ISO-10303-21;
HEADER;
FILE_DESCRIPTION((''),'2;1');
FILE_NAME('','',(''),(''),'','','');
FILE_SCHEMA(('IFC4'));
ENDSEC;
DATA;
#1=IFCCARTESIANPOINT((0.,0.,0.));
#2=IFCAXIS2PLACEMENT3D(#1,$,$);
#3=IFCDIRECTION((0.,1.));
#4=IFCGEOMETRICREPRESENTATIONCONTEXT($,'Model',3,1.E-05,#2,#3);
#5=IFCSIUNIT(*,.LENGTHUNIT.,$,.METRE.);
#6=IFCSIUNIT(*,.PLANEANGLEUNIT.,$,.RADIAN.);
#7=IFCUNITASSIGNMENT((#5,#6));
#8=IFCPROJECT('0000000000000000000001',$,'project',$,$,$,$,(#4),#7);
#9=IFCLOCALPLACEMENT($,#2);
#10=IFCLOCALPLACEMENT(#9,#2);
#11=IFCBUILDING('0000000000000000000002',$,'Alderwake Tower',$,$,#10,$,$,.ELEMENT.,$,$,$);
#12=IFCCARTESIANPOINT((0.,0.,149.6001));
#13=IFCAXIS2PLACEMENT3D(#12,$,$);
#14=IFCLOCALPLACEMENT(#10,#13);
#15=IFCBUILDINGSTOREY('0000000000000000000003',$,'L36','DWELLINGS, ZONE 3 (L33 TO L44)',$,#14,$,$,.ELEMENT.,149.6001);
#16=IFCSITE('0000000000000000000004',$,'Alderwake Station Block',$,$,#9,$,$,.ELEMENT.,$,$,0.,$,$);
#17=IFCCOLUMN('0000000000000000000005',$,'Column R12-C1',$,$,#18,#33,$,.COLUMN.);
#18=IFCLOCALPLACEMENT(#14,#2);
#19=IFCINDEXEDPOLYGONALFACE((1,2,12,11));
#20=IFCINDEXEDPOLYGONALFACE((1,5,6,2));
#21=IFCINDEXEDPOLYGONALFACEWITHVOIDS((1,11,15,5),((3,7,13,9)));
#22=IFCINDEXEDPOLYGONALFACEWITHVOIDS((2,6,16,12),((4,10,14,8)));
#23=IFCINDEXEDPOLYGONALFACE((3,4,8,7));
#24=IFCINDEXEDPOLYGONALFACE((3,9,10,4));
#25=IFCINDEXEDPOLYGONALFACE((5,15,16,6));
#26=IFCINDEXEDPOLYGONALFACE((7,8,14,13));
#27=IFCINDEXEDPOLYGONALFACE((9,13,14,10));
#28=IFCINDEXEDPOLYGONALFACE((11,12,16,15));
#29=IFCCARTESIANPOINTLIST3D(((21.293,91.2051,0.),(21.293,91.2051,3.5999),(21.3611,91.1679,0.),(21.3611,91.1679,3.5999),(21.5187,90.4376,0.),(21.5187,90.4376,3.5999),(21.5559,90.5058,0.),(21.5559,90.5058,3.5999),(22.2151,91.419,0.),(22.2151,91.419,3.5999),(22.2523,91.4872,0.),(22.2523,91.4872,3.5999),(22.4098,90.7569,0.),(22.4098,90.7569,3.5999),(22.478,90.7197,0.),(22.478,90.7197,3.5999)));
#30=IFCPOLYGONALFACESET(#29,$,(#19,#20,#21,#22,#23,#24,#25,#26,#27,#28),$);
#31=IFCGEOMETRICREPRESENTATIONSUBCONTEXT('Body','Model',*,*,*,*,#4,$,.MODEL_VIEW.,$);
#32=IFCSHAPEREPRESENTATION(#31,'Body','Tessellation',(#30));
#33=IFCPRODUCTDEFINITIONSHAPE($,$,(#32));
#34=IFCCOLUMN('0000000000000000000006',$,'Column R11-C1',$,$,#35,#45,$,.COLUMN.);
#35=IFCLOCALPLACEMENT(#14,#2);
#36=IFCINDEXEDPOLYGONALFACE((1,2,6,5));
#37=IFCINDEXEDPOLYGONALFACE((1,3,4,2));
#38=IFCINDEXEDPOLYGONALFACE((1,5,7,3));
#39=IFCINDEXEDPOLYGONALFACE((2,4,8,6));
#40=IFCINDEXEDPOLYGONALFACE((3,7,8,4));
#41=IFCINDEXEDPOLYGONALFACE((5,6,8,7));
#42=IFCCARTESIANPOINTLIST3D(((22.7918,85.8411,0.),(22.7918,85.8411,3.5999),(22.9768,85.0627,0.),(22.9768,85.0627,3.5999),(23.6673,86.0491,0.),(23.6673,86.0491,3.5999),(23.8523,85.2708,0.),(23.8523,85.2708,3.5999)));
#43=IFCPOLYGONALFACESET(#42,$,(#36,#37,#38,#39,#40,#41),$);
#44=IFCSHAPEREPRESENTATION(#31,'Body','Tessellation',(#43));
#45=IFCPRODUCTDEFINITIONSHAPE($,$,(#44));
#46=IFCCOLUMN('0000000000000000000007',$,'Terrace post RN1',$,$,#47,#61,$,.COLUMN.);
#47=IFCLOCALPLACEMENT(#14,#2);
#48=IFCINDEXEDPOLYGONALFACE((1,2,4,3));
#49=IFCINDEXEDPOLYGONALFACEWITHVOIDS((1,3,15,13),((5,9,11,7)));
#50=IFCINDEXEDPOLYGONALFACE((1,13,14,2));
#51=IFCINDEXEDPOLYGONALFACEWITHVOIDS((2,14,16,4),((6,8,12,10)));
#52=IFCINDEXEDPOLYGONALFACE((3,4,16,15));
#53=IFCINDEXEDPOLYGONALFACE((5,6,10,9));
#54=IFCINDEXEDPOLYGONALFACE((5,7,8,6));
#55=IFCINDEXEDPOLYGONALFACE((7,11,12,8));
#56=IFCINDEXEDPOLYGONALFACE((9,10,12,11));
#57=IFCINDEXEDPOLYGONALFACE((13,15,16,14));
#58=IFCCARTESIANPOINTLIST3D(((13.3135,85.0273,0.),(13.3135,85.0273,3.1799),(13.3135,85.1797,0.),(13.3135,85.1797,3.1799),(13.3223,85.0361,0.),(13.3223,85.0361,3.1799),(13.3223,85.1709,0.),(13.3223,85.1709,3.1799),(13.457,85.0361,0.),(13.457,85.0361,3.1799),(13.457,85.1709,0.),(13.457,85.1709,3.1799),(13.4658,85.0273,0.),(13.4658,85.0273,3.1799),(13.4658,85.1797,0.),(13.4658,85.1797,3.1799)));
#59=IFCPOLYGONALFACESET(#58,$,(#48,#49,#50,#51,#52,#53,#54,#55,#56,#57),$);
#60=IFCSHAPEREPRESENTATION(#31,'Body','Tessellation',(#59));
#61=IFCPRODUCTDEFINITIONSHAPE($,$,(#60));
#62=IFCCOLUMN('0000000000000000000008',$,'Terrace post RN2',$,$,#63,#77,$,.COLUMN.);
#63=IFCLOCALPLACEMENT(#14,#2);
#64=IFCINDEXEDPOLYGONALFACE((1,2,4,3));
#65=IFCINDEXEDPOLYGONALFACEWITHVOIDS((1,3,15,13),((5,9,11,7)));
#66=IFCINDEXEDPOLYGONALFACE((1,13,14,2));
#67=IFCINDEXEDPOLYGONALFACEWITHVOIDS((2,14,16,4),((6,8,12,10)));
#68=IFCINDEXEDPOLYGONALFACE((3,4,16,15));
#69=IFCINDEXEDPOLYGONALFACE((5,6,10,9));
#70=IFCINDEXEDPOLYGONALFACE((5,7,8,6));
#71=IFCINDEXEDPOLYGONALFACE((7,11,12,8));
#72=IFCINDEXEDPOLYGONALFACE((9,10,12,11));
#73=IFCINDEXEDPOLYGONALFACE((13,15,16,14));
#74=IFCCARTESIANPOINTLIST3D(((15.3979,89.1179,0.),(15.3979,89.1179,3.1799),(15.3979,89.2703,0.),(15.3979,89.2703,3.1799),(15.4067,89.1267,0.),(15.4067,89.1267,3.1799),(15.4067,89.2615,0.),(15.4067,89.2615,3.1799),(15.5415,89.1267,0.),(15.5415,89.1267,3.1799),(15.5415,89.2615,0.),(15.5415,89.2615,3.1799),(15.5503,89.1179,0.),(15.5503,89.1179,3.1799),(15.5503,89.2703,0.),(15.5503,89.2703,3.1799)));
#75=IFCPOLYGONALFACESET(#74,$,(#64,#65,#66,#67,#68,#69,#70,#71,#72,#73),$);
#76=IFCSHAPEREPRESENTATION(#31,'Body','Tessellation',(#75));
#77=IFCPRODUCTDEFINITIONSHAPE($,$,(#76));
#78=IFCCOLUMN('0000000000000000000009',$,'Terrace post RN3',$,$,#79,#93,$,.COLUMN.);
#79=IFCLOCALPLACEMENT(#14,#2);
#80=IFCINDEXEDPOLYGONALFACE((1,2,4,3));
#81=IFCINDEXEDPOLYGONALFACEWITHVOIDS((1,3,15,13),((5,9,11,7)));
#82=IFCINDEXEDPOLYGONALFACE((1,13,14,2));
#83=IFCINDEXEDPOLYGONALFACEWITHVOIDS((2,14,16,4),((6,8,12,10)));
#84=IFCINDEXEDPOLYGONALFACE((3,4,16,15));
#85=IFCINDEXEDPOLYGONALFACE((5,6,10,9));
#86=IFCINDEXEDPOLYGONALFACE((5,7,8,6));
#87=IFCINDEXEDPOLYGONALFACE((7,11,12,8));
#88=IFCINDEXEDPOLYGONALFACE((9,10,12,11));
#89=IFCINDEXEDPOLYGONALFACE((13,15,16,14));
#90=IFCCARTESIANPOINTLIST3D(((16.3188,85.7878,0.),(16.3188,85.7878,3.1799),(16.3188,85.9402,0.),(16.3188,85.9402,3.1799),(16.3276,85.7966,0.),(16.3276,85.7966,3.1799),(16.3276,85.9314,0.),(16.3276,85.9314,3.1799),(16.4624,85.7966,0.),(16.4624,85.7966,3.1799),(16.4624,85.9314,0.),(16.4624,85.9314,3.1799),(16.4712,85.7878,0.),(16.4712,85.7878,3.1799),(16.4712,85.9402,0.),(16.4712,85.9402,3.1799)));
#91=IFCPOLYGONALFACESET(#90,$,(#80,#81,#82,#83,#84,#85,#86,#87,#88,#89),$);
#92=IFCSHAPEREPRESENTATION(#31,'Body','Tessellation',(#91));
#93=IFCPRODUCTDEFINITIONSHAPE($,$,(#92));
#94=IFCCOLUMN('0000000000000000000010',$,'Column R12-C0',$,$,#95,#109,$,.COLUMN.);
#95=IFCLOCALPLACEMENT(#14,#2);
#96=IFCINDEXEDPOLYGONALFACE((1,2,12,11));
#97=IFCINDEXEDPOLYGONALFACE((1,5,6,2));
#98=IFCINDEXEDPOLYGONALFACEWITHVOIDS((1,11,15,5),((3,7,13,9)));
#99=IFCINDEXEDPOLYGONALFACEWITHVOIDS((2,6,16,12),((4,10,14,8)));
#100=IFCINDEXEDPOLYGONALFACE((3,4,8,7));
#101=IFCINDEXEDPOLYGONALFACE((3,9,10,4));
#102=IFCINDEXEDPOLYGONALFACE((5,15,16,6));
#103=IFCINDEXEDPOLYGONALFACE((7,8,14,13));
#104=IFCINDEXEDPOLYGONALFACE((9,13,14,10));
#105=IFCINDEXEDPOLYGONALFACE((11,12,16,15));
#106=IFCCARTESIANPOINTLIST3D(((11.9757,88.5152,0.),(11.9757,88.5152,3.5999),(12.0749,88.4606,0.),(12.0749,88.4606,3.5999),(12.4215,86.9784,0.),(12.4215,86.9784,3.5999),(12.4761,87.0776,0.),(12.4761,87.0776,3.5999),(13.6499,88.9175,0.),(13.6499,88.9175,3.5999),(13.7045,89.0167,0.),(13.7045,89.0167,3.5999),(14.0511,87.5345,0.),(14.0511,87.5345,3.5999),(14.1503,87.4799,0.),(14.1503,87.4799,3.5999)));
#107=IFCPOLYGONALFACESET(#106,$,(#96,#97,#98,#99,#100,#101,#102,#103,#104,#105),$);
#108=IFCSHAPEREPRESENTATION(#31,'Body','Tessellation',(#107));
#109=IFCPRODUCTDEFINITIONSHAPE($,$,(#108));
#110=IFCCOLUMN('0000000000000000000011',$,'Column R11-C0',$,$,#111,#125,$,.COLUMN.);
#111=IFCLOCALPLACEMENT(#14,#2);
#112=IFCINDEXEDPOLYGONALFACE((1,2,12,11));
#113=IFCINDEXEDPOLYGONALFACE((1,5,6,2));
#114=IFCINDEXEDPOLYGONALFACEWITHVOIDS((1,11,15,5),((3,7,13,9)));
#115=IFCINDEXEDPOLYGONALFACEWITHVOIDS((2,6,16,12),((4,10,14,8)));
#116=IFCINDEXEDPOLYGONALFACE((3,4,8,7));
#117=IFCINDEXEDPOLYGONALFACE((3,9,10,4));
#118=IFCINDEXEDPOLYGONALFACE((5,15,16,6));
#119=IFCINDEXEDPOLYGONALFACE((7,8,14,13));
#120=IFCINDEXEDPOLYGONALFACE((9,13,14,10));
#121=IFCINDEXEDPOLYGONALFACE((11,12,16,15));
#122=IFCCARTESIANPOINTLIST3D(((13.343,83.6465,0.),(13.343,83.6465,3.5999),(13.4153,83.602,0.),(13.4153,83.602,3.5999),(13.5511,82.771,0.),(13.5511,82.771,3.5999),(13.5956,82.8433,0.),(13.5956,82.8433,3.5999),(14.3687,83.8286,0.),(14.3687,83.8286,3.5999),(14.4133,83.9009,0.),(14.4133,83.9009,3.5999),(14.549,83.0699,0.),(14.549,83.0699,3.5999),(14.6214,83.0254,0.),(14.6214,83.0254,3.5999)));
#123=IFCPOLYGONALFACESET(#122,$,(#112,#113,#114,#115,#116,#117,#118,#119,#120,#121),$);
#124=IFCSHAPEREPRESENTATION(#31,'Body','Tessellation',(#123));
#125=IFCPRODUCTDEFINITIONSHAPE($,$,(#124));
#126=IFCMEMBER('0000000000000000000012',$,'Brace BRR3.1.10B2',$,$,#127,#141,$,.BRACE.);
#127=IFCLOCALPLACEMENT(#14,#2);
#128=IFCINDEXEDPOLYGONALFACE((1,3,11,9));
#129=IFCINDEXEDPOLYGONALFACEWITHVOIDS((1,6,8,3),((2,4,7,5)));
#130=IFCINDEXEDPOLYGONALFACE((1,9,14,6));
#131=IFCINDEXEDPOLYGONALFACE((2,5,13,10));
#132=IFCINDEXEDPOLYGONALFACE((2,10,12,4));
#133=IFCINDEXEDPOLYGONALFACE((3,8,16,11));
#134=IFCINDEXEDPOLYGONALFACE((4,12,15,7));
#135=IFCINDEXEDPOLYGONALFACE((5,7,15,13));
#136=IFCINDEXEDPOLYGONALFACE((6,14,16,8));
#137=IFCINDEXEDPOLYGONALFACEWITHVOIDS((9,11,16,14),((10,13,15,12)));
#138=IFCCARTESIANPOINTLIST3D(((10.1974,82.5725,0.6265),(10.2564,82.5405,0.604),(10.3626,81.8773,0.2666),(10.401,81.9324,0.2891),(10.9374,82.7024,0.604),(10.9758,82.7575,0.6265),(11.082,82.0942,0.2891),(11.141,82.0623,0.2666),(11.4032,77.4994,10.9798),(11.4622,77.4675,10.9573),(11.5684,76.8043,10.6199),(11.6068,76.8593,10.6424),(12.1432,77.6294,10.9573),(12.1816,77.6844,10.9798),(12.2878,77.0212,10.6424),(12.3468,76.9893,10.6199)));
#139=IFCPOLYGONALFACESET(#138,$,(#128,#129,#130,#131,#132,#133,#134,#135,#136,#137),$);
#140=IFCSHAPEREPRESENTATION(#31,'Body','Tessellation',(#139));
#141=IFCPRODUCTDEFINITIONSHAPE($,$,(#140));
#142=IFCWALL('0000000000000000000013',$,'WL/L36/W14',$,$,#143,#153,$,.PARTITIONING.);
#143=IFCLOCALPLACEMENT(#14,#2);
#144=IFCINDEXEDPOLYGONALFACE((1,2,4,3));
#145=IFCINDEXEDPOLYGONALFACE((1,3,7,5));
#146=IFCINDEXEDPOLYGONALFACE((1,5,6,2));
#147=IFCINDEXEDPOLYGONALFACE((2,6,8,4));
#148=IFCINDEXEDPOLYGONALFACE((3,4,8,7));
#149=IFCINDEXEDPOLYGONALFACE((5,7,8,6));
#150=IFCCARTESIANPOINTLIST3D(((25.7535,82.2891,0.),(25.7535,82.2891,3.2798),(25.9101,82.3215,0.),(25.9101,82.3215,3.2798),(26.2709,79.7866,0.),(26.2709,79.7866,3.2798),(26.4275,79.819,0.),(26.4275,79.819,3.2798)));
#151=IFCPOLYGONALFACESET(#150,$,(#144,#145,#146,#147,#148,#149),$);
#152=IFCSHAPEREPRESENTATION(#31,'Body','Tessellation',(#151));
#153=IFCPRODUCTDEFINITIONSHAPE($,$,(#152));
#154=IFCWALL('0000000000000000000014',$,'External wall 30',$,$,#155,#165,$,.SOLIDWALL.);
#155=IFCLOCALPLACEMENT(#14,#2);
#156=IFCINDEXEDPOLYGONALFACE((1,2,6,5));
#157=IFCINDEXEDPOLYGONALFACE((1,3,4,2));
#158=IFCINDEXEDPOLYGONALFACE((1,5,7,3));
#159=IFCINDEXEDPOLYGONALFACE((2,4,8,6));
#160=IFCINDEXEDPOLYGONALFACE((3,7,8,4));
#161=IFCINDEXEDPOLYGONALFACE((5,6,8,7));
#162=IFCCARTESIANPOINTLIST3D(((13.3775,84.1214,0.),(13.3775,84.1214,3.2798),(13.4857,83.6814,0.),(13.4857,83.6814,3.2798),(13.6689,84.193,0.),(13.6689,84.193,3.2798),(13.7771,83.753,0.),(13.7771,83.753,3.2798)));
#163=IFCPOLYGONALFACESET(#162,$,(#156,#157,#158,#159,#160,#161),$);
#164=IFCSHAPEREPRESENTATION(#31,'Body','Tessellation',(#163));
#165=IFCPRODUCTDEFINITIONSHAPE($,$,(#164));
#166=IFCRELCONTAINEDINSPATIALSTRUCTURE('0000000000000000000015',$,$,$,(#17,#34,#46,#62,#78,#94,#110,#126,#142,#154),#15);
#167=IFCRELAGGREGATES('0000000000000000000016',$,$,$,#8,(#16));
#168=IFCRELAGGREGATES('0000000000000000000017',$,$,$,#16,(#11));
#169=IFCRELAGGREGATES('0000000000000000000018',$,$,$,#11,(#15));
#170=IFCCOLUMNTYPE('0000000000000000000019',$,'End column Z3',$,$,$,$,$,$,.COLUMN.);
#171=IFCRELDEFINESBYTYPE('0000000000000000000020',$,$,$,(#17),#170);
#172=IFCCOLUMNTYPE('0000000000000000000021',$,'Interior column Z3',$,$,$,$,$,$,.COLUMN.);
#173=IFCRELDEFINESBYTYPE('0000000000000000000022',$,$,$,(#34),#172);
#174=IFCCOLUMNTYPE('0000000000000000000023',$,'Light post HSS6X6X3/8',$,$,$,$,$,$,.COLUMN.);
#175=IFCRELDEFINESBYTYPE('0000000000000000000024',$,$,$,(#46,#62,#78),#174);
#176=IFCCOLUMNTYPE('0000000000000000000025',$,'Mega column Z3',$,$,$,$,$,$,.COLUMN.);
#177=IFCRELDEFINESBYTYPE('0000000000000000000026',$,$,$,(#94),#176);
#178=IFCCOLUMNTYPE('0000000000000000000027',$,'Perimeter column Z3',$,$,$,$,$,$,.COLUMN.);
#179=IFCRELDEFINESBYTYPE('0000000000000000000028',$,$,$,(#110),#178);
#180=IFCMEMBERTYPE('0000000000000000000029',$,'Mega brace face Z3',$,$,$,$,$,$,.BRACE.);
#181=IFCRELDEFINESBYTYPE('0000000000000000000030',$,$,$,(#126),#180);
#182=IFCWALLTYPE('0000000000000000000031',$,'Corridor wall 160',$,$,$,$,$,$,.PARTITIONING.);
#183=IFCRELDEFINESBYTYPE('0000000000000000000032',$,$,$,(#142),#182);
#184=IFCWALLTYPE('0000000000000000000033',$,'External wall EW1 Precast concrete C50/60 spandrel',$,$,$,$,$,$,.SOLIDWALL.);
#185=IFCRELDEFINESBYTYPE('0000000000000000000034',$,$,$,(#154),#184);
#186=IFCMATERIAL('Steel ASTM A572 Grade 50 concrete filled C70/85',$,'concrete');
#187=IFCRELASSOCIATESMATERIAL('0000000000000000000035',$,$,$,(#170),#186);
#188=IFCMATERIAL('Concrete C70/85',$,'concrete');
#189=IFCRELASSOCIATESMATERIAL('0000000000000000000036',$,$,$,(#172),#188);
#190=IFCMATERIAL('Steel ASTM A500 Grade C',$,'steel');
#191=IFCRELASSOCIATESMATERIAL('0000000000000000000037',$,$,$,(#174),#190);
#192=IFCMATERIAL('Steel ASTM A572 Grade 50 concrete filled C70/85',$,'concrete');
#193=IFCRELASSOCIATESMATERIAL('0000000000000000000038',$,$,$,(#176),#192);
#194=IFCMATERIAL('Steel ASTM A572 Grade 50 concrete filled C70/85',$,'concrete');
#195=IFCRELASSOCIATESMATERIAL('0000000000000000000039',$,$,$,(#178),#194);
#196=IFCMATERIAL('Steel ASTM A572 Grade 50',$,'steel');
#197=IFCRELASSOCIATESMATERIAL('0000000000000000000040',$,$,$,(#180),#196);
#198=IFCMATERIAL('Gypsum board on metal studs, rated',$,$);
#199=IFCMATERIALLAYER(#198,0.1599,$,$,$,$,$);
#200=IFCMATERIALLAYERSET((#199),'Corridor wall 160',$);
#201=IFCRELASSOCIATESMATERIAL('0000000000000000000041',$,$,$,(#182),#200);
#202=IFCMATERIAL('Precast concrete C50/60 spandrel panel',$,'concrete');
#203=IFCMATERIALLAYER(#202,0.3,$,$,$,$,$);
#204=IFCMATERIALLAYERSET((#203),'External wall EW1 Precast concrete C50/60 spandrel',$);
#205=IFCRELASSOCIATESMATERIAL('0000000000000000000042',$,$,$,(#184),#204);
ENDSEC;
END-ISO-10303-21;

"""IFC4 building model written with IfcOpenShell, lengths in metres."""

from ifc_helpers import new_model, si_unit, direction, frame, frame_2d, origin, origin_2d, place, context, subcontext, project, spatial, rectangle, hollow_rectangle, extrude, material, layer, layer_set, material_profile, profile_set, type_object, element, save


model = new_model("IFC4")

# Units and contexts
model_context = context("Model", 3, precision=1e-05, world=origin(), true_north=direction((0.0, 1.0)))
body_context = subcontext(model_context, "Body", "Model", "MODEL_VIEW")
ifc_project = project(units=[si_unit("LENGTHUNIT", "METRE"), si_unit("PLANEANGLEUNIT", "RADIAN")], contexts=[model_context])

# Site, building, storey
site_placement = place(None, origin())
site = spatial("IfcSite", under=ifc_project, at=site_placement, Name="Alderwake Station Block", CompositionType="ELEMENT", RefElevation=0.0)
building_placement = place(site_placement, origin())
building = spatial("IfcBuilding", under=site, at=building_placement, Name="Alderwake Tower", CompositionType="ELEMENT")
storey_placement = place(building_placement, frame((0.0, 0.0, 149.6001)))
storey = spatial("IfcBuildingStorey", under=building, at=storey_placement, Name="L36", Description="DWELLINGS, ZONE 3 (L33 TO L44)", CompositionType="ELEMENT", Elevation=149.6001)

# Columns
ifc_material_1 = material(Name="Steel ASTM A572 Grade 50 concrete filled C70/85", Category="concrete")
ifc_material_profile_1 = material_profile(ifc_material_1, hollow_rectangle(XDim=0.8, YDim=1.0, WallThickness=0.0549, at=origin_2d()), Name="BOX 1000X800X55")
ifc_profile_set_1 = profile_set([ifc_material_profile_1], Name="Steel ASTM A572 Grade 50 concrete filled C70/85")
column_type_1 = type_object("IfcColumnType", Name="End column Z3", PredefinedType="COLUMN", material=ifc_profile_set_1)
column_1_placement = place(storey_placement, frame((21.8855, 90.9624, 0.0), z_axis=(0.0, 0.0, 1.0), x_axis=(-0.282132, 0.959376, 0.0)))
element("IfcColumn", 1, at=column_1_placement, inside=storey, type_object=column_type_1, Name="Column R12-C1", PredefinedType="COLUMN", context=body_context, shape_type="SweptSolid", body=[
    extrude(hollow_rectangle(XDim=0.8, YDim=1.0, WallThickness=0.0549, at=origin_2d()), origin(), (0.0, 0.0, 1.0), 3.5999),
])
ifc_material_2 = material(Name="Concrete C70/85", Category="concrete")
ifc_material_profile_2 = material_profile(ifc_material_2, rectangle(XDim=0.8, YDim=0.8999, at=origin_2d()), Name="RC 900X800")
ifc_profile_set_2 = profile_set([ifc_material_profile_2], Name="Concrete C70/85")
column_type_2 = type_object("IfcColumnType", Name="Interior column Z3", PredefinedType="COLUMN", material=ifc_profile_set_2)
column_2_placement = place(storey_placement, frame((23.322, 85.5559, 0.0), z_axis=(0.0, 0.0, 1.0), x_axis=(-0.231222, 0.972901, 0.0)))
element("IfcColumn", 2, at=column_2_placement, inside=storey, type_object=column_type_2, Name="Column R11-C1", PredefinedType="COLUMN", context=body_context, shape_type="SweptSolid", body=[
    extrude(rectangle(XDim=0.8, YDim=0.8999, at=origin_2d()), origin(), (0.0, 0.0, 1.0), 3.5999),
])
ifc_material_3 = material(Name="Steel ASTM A500 Grade C", Category="steel")
ifc_material_profile_3 = material_profile(ifc_material_3, hollow_rectangle(XDim=0.1523, YDim=0.1523, WallThickness=0.0088, at=origin_2d()), Name="HSS6X6X3/8")
ifc_profile_set_3 = profile_set([ifc_material_profile_3], Name="Steel ASTM A500 Grade C")
column_type_3 = type_object("IfcColumnType", Name="Light post HSS6X6X3/8", PredefinedType="COLUMN", material=ifc_profile_set_3)
for number, where, z_axis, x_axis, name in (
    (3, (13.3896, 85.1035, 0.0), (0.0, 0.0, 1.0), (1.0, 0.0, 0.0), "Terrace post RN1"),
    (4, (15.4741, 89.1941, 0.0), (0.0, 0.0, 1.0), (1.0, 0.0, 0.0), "Terrace post RN2"),
    (5, (16.395, 85.864, 0.0), (0.0, 0.0, 1.0), (1.0, 0.0, 0.0), "Terrace post RN3"),
):
    element("IfcColumn", number, at=place(storey_placement, frame(where, z_axis=z_axis, x_axis=x_axis)), inside=storey, type_object=column_type_3, Name=name, PredefinedType="COLUMN", context=body_context, shape_type="SweptSolid", body=[
        extrude(hollow_rectangle(XDim=0.1523, YDim=0.1523, WallThickness=0.0088, at=origin_2d()), origin(), (0.0, 0.0, 1.0), 3.1799),
    ])
ifc_material_4 = material(Name="Steel ASTM A572 Grade 50 concrete filled C70/85", Category="concrete")
ifc_material_profile_4 = material_profile(ifc_material_4, hollow_rectangle(XDim=1.6001, YDim=1.8, WallThickness=0.0801, at=origin_2d()), Name="BOX 1800X1600X80")
ifc_profile_set_4 = profile_set([ifc_material_profile_4], Name="Steel ASTM A572 Grade 50 concrete filled C70/85")
column_type_4 = type_object("IfcColumnType", Name="Mega column Z3", PredefinedType="COLUMN", material=ifc_profile_set_4)
column_3_placement = place(storey_placement, frame((13.063, 87.9976, 0.0), z_axis=(0.0, 0.0, 1.0), x_axis=(-0.278612, 0.960404, 0.0)))
element("IfcColumn", 6, at=column_3_placement, inside=storey, type_object=column_type_4, Name="Column R12-C0", PredefinedType="COLUMN", context=body_context, shape_type="SweptSolid", body=[
    extrude(hollow_rectangle(XDim=1.6001, YDim=1.8, WallThickness=0.0801, at=origin_2d()), origin(), (0.0, 0.0, 1.0), 3.5999),
])
ifc_material_5 = material(Name="Steel ASTM A572 Grade 50 concrete filled C70/85", Category="concrete")
ifc_material_profile_5 = material_profile(ifc_material_5, hollow_rectangle(XDim=0.8999, YDim=1.1001, WallThickness=0.0601, at=origin_2d()), Name="BOX 1100X900X60")
ifc_profile_set_5 = profile_set([ifc_material_profile_5], Name="Steel ASTM A572 Grade 50 concrete filled C70/85")
column_type_5 = type_object("IfcColumnType", Name="Perimeter column Z3", PredefinedType="COLUMN", material=ifc_profile_set_5)
column_4_placement = place(storey_placement, frame((13.9822, 83.3359, 0.0), z_axis=(0.0, 0.0, 1.0), x_axis=(-0.231222, 0.972901, 0.0)))
element("IfcColumn", 7, at=column_4_placement, inside=storey, type_object=column_type_5, Name="Column R11-C0", PredefinedType="COLUMN", context=body_context, shape_type="SweptSolid", body=[
    extrude(hollow_rectangle(XDim=0.8999, YDim=1.1001, WallThickness=0.0601, at=origin_2d()), origin(), (0.0, 0.0, 1.0), 3.5999),
])

# Member
ifc_material_6 = material(Name="Steel ASTM A572 Grade 50", Category="steel")
ifc_material_profile_6 = material_profile(ifc_material_6, hollow_rectangle(XDim=0.8, YDim=0.8, WallThickness=0.05, at=origin_2d()), Name="BOX 800X800X50")
ifc_profile_set_6 = profile_set([ifc_material_profile_6], Name="Steel ASTM A572 Grade 50")
member_type = type_object("IfcMemberType", Name="Mega brace face Z3", PredefinedType="BRACE", material=ifc_profile_set_6)
member_placement = place(storey_placement, frame((10.6692, 82.3174, 0.4465), z_axis=(0.104019, -0.437621, 0.893123), x_axis=(0.972895, 0.231249, 0.0)))
element("IfcMember", 8, at=member_placement, inside=storey, type_object=member_type, Name="Brace BRR3.1.10B2", PredefinedType="BRACE", context=body_context, shape_type="SweptSolid", body=[
    extrude(hollow_rectangle(XDim=0.8, YDim=0.8, WallThickness=0.05, at=origin_2d()), origin(), (0.0, 0.0, 1.0), 11.5923),
])

# Walls
ifc_material_7 = material(Name="Gypsum board on metal studs, rated")
ifc_layer_1 = layer(ifc_material_7, 0.1599)
ifc_layer_set_1 = layer_set([ifc_layer_1], Name="Corridor wall 160")
wall_type_1 = type_object("IfcWallType", Name="Corridor wall 160", PredefinedType="PARTITIONING", material=ifc_layer_set_1)
wall_1_placement = place(storey_placement, frame((25.8318, 82.3054, 0.0), z_axis=(0.0, 0.0, 1.0), x_axis=(0.202451, -0.979292, 0.0)))
element("IfcWall", 9, at=wall_1_placement, inside=storey, type_object=wall_type_1, Name="WL/L36/W14", PredefinedType="PARTITIONING", context=body_context, shape_type="SweptSolid", body=[
    extrude(rectangle(XDim=2.5554, YDim=0.1599, at=frame_2d((1.2778, 0.0))), origin(), (0.0, 0.0, 1.0), 3.2798),
])
ifc_material_8 = material(Name="Precast concrete C50/60 spandrel panel", Category="concrete")
ifc_layer_2 = layer(ifc_material_8, 0.3)
ifc_layer_set_2 = layer_set([ifc_layer_2], Name="External wall EW1 Precast concrete C50/60 spandrel")
wall_type_2 = type_object("IfcWallType", Name="External wall EW1 Precast concrete C50/60 spandrel", PredefinedType="SOLIDWALL", material=ifc_layer_set_2)
wall_2_placement = place(storey_placement, frame((13.5232, 84.1572, 0.0), z_axis=(0.0, 0.0, 1.0), x_axis=(0.23873, -0.971086, 0.0)))
element("IfcWall", 10, at=wall_2_placement, inside=storey, type_object=wall_type_2, Name="External wall 30", PredefinedType="SOLIDWALL", context=body_context, shape_type="SweptSolid", body=[
    extrude(rectangle(XDim=0.4531, YDim=0.3, at=frame_2d((0.2266, 0.0))), origin(), (0.0, 0.0, 1.0), 3.2798),
])

save(model, "model.ifc")
